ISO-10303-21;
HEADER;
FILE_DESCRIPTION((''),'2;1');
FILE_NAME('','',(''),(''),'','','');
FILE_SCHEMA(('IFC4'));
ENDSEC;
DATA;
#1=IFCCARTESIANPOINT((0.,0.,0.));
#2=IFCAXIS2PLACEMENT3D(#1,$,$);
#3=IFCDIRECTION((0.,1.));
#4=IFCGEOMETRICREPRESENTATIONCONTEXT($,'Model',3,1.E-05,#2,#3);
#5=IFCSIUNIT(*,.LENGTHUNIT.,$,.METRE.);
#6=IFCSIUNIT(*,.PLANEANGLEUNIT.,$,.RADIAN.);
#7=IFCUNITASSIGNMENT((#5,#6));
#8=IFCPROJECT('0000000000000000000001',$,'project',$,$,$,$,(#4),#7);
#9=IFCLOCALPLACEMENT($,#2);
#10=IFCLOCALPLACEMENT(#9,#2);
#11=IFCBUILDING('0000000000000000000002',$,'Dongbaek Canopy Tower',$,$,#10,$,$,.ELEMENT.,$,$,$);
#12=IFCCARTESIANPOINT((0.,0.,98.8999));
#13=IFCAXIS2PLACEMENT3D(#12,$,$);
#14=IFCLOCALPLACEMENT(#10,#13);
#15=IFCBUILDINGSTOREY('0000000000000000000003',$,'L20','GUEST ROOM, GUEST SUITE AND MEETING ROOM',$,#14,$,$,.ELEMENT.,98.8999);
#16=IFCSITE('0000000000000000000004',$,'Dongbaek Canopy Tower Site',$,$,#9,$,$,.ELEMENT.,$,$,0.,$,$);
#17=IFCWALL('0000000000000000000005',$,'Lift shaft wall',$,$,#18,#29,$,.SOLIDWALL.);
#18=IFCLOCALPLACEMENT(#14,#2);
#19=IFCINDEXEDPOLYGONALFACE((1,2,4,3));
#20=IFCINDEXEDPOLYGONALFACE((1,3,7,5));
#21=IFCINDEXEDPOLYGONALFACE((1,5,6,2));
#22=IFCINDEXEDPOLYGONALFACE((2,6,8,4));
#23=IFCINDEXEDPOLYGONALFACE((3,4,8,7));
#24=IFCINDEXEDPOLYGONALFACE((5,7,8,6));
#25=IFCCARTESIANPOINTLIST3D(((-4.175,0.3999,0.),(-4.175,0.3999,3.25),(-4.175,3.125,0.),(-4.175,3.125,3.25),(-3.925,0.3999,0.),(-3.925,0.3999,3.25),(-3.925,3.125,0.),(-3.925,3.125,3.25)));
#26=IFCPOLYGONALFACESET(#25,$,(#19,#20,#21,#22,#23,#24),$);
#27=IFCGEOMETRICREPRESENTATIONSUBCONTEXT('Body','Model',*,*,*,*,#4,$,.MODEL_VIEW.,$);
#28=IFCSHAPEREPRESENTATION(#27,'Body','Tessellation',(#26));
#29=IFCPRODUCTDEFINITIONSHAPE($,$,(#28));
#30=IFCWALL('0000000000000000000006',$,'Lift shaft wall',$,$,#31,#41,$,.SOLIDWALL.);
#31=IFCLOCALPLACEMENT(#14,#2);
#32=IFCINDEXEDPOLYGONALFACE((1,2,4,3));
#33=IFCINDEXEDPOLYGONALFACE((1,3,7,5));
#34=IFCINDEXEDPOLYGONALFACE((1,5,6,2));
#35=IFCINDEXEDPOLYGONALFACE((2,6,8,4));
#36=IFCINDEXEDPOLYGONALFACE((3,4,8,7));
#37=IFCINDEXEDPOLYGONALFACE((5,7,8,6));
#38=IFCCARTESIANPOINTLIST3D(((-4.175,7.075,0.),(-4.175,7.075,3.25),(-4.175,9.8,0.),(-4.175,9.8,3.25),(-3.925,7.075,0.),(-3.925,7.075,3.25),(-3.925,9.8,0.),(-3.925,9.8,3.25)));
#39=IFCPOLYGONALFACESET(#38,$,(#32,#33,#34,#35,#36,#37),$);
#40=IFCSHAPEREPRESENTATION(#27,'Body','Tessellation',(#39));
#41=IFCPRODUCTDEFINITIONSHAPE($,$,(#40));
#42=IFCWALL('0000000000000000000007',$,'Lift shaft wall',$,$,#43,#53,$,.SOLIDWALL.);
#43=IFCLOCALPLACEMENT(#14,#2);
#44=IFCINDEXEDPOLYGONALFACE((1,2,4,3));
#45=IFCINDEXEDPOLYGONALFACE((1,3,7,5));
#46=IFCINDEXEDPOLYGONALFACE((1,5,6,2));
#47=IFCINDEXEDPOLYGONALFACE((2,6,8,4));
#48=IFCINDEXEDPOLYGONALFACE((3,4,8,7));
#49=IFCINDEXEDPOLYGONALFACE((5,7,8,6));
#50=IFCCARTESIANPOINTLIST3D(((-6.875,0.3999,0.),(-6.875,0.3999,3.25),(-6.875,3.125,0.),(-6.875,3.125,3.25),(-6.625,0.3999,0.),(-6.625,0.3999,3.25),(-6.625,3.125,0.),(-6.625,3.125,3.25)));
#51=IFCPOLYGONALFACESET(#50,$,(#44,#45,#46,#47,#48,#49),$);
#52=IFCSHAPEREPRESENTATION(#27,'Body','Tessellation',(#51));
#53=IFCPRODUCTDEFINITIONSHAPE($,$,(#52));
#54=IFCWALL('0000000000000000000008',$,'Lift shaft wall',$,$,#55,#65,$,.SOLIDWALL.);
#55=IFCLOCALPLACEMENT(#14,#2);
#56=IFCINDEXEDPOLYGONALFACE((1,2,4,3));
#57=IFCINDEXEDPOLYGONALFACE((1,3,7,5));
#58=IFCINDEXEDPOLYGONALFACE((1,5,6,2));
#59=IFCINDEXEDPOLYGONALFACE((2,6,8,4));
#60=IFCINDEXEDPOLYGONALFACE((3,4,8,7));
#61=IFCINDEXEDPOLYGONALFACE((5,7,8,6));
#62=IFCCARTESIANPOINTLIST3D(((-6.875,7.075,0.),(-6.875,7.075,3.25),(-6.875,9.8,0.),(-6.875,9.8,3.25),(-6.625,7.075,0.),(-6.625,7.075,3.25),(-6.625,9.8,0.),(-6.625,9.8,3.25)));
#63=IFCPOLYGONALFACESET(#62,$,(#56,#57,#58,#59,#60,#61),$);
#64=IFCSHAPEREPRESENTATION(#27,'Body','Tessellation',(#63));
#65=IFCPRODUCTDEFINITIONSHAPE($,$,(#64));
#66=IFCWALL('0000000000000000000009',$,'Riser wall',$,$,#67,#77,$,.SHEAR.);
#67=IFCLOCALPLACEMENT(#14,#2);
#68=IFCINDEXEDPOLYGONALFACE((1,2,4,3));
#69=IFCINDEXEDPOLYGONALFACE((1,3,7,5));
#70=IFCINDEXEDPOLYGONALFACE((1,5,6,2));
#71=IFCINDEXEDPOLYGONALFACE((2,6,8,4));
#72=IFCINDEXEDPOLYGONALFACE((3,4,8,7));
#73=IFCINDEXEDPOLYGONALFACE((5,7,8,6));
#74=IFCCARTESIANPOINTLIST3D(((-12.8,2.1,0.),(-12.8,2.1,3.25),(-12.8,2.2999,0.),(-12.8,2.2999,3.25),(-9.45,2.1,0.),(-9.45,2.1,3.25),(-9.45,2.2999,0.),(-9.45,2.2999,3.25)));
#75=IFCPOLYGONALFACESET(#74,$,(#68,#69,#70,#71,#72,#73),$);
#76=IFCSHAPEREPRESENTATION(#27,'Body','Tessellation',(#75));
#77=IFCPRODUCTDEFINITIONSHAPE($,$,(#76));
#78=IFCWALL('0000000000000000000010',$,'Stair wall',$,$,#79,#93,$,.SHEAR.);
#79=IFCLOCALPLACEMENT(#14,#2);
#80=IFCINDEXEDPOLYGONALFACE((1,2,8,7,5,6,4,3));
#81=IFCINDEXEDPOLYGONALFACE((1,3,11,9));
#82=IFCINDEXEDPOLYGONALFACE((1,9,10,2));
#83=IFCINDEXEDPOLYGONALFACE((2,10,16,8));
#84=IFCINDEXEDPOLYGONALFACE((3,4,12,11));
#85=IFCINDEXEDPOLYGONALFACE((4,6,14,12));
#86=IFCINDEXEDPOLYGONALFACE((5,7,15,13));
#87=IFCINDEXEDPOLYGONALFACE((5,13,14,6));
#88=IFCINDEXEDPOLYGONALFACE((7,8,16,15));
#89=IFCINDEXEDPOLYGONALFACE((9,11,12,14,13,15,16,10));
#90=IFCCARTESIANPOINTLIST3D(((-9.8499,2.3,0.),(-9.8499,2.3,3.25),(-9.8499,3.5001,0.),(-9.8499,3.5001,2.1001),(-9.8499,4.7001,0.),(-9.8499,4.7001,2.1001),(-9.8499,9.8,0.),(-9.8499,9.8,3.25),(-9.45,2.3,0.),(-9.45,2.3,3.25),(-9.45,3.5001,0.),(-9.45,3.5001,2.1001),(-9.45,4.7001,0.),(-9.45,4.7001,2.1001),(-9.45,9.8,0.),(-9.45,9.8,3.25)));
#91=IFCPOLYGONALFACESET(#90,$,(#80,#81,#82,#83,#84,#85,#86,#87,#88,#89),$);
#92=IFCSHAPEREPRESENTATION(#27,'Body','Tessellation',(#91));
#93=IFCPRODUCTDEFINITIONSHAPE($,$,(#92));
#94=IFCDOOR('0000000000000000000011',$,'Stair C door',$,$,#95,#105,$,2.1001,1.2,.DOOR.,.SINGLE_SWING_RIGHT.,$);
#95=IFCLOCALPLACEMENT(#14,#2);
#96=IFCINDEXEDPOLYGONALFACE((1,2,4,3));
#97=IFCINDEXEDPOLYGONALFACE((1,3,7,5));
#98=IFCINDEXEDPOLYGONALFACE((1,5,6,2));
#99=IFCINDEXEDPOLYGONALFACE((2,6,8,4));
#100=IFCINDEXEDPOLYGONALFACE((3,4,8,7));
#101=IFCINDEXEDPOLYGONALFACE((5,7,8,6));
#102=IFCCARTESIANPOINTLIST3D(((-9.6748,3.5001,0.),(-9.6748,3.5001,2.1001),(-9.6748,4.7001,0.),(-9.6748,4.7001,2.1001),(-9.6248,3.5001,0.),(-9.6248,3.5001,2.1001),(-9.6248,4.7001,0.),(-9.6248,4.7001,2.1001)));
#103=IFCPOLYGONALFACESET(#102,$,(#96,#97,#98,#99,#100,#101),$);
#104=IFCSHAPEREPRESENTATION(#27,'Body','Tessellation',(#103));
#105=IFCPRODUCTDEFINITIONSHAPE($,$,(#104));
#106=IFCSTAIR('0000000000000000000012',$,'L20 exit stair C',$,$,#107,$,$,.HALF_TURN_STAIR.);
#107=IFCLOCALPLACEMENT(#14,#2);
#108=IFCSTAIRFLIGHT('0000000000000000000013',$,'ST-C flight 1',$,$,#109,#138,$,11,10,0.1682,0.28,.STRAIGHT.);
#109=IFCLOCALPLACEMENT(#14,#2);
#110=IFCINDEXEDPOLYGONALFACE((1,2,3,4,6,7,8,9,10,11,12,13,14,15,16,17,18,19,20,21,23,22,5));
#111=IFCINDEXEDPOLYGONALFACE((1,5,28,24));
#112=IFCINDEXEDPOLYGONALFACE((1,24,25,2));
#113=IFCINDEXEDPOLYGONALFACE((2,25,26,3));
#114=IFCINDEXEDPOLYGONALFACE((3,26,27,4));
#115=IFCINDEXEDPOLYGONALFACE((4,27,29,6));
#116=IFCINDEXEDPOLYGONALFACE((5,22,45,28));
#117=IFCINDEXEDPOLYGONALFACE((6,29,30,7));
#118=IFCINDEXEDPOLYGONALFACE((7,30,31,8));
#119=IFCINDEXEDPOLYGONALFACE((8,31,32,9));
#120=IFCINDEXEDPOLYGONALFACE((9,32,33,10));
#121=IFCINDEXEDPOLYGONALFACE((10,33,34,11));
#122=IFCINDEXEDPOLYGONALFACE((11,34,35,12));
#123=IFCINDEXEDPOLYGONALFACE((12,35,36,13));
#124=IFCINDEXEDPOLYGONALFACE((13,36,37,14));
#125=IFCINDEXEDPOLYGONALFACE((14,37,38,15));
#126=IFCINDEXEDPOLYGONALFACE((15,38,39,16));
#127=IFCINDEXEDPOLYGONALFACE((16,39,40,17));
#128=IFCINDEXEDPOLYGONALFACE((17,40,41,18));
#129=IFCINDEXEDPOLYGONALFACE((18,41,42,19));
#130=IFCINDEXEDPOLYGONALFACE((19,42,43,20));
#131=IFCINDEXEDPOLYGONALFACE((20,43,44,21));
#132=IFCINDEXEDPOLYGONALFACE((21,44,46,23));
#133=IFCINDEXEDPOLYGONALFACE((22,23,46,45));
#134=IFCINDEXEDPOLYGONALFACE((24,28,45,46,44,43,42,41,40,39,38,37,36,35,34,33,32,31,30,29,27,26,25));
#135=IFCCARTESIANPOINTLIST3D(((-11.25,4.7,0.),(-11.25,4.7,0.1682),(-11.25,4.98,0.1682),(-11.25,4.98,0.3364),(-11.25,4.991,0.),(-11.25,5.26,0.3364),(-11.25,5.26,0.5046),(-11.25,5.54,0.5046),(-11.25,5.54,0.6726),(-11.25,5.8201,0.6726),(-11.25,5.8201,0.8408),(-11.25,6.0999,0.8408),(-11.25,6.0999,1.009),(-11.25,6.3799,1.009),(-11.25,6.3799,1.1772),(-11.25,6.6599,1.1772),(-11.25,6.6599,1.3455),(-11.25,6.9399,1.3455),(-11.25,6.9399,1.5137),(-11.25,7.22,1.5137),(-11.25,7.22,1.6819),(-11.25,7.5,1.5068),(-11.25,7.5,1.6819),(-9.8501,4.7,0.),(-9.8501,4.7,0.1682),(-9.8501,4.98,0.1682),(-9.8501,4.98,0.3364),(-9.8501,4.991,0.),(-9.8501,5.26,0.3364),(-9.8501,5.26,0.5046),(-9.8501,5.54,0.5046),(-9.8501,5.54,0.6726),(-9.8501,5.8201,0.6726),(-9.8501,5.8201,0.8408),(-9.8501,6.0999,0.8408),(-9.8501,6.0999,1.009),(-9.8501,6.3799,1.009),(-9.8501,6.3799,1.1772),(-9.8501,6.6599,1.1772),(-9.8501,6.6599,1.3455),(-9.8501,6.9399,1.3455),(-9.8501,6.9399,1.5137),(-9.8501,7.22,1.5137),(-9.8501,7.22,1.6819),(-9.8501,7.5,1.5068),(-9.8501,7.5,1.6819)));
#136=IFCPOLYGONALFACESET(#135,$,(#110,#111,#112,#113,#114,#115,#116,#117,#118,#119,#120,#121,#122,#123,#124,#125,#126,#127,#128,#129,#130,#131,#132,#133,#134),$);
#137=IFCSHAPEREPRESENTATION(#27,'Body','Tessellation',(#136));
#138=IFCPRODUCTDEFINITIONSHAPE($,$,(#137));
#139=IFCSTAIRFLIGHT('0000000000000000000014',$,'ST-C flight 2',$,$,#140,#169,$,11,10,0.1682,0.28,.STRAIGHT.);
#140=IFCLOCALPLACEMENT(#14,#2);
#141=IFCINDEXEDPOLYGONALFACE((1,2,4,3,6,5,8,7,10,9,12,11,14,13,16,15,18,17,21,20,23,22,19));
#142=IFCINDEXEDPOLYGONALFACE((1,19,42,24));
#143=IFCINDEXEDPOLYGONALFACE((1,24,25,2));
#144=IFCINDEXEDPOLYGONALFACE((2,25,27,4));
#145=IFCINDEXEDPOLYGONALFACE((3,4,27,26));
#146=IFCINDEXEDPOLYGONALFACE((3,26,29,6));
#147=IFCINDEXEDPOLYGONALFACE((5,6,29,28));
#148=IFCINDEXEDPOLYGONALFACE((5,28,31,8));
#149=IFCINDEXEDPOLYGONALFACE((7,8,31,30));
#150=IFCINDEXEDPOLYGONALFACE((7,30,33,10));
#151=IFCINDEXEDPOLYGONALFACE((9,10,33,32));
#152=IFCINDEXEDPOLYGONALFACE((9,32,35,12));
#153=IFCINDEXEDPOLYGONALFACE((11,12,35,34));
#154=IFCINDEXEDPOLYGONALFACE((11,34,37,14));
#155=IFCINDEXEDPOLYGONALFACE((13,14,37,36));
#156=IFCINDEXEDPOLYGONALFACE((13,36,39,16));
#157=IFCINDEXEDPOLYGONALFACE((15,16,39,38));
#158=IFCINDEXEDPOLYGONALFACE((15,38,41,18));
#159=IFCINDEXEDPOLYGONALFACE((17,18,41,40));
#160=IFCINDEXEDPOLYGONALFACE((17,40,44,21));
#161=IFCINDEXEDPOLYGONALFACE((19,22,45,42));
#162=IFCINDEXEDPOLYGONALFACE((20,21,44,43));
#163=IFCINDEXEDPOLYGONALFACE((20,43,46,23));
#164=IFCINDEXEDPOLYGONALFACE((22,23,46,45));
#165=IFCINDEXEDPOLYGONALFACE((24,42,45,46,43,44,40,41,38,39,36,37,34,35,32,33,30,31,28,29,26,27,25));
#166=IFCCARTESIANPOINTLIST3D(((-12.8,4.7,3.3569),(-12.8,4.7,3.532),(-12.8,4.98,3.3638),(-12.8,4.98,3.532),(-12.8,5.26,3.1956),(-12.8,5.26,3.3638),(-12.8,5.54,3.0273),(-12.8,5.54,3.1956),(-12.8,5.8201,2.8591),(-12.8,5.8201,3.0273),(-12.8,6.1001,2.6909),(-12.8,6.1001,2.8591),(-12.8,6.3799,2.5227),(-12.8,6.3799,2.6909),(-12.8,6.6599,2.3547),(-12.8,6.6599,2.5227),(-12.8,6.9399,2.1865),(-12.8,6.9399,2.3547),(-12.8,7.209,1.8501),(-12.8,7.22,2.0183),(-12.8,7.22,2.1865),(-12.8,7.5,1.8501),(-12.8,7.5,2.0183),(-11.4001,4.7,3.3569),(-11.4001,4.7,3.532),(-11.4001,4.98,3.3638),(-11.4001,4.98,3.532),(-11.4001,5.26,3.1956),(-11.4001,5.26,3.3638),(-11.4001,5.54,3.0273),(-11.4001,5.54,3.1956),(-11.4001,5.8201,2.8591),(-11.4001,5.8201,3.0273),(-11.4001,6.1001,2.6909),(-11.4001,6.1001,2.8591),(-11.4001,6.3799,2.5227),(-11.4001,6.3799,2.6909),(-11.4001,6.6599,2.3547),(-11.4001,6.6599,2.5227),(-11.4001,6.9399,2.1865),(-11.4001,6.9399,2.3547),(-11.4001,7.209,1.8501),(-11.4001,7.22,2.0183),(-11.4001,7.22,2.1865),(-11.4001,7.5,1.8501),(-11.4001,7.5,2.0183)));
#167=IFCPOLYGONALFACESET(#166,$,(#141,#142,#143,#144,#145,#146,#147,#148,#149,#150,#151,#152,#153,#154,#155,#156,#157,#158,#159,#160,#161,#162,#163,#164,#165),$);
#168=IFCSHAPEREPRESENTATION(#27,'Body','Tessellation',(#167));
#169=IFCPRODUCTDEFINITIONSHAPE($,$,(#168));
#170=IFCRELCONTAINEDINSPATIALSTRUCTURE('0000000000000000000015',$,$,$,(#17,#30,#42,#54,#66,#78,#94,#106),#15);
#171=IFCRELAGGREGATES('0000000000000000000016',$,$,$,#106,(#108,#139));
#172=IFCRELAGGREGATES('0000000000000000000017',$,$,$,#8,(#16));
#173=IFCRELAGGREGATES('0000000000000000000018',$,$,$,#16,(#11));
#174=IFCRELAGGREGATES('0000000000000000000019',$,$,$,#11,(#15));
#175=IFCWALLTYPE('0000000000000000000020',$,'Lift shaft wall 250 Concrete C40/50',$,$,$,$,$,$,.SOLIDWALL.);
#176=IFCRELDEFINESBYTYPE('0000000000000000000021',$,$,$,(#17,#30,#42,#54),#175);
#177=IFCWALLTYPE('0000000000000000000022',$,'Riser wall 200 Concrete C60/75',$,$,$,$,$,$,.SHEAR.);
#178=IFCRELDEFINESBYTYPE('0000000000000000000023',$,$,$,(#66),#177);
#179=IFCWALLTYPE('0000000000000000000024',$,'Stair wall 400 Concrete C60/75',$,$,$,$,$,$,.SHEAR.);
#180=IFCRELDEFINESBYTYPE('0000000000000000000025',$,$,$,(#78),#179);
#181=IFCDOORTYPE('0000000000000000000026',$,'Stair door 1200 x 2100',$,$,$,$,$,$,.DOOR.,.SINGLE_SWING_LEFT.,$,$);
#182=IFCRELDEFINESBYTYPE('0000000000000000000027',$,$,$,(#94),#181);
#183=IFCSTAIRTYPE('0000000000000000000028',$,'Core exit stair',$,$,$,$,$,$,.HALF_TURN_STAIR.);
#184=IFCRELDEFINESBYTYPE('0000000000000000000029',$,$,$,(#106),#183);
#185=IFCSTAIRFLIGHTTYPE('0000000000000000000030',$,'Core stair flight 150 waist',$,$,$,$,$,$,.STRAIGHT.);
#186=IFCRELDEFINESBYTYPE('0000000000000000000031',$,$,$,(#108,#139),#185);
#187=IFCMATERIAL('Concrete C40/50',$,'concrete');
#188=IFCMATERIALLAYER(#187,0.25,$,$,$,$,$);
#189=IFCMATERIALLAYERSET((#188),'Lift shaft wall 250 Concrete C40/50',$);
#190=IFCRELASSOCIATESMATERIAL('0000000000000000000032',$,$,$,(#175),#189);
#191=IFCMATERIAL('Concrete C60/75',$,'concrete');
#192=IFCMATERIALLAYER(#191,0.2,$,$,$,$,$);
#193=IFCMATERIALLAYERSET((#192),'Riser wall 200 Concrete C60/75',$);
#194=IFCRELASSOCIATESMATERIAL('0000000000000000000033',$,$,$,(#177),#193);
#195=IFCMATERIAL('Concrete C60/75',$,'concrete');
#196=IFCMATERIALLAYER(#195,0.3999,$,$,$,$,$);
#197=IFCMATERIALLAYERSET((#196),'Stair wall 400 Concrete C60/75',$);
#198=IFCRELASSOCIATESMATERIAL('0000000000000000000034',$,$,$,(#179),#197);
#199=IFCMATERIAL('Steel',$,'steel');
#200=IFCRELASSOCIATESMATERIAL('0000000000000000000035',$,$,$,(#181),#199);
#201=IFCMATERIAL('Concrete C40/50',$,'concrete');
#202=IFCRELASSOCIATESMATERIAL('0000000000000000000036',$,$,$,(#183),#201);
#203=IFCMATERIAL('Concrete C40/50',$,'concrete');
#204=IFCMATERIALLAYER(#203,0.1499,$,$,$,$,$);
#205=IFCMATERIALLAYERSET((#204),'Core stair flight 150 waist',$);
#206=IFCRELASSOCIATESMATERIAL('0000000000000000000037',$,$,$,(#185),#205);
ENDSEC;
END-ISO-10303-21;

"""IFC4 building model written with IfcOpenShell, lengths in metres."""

from ifc_helpers import new_model, si_unit, direction, frame, frame_2d, origin, place, context, subcontext, project, spatial, polyline, rectangle, outline, extrude, material, layer, layer_set, type_object, element, fill, aggregate, save


model = new_model("IFC4")

# Units and contexts
model_context = context("Model", 3, precision=1e-05, world=origin(), true_north=direction((0.0, 1.0)))
body_context = subcontext(model_context, "Body", "Model", "MODEL_VIEW")
ifc_project = project(units=[si_unit("LENGTHUNIT", "METRE"), si_unit("PLANEANGLEUNIT", "RADIAN")], contexts=[model_context])

# Site, building, storey
site_placement = place(None, origin())
site = spatial("IfcSite", under=ifc_project, at=site_placement, Name="Dongbaek Canopy Tower Site", CompositionType="ELEMENT", RefElevation=0.0)
building_placement = place(site_placement, origin())
building = spatial("IfcBuilding", under=site, at=building_placement, Name="Dongbaek Canopy Tower", CompositionType="ELEMENT")
storey_placement = place(building_placement, frame((0.0, 0.0, 98.8999)))
storey = spatial("IfcBuildingStorey", under=building, at=storey_placement, Name="L20", Description="GUEST ROOM, GUEST SUITE AND MEETING ROOM", CompositionType="ELEMENT", Elevation=98.8999)

# Walls
ifc_material_1 = material(Name="Concrete C40/50", Category="concrete")
ifc_layer_1 = layer(ifc_material_1, 0.25)
ifc_layer_set_1 = layer_set([ifc_layer_1], Name="Lift shaft wall 250 Concrete C40/50")
wall_type_1 = type_object("IfcWallType", Name="Lift shaft wall 250 Concrete C40/50", PredefinedType="SOLIDWALL", material=ifc_layer_set_1)
for number, where, z_axis, x_axis, name in (
    (1, (-4.05, 0.3999, 0.0), (0.0, 0.0, 1.0), (0.0, 1.0, 0.0), "Lift shaft wall"),
    (2, (-4.05, 7.075, 0.0), (0.0, 0.0, 1.0), (0.0, 1.0, 0.0), "Lift shaft wall"),
    (3, (-6.75, 0.3999, 0.0), (0.0, 0.0, 1.0), (0.0, 1.0, 0.0), "Lift shaft wall"),
    (4, (-6.75, 7.075, 0.0), (0.0, 0.0, 1.0), (0.0, 1.0, 0.0), "Lift shaft wall"),
):
    element("IfcWall", number, at=place(storey_placement, frame(where, z_axis=z_axis, x_axis=x_axis)), inside=storey, type_object=wall_type_1, Name=name, PredefinedType="SOLIDWALL", context=body_context, shape_type="SweptSolid", body=[
        extrude(rectangle(XDim=2.7251, YDim=0.25, at=frame_2d((1.3625, 0.0))), origin(), (0.0, 0.0, 1.0), 3.25),
    ])
ifc_material_2 = material(Name="Concrete C60/75", Category="concrete")
ifc_layer_2 = layer(ifc_material_2, 0.2)
ifc_layer_set_2 = layer_set([ifc_layer_2], Name="Riser wall 200 Concrete C60/75")
wall_type_2 = type_object("IfcWallType", Name="Riser wall 200 Concrete C60/75", PredefinedType="SHEAR", material=ifc_layer_set_2)
wall_1_placement = place(storey_placement, frame((-9.45, 2.2, 0.0), z_axis=(0.0, 0.0, 1.0), x_axis=(-1.0, 0.0, 0.0)))
element("IfcWall", 5, at=wall_1_placement, inside=storey, type_object=wall_type_2, Name="Riser wall", PredefinedType="SHEAR", context=body_context, shape_type="SweptSolid", body=[
    extrude(rectangle(XDim=3.3501, YDim=0.2, at=frame_2d((1.675, 0.0))), origin(), (0.0, 0.0, 1.0), 3.25),
])

# Wall, opening, door
ifc_material_3 = material(Name="Concrete C60/75", Category="concrete")
ifc_layer_3 = layer(ifc_material_3, 0.3999)
ifc_layer_set_3 = layer_set([ifc_layer_3], Name="Stair wall 400 Concrete C60/75")
wall_type_3 = type_object("IfcWallType", Name="Stair wall 400 Concrete C60/75", PredefinedType="SHEAR", material=ifc_layer_set_3)
wall_2_placement = place(storey_placement, frame((-9.6499, 2.3, 0.0), z_axis=(0.0, 0.0, 1.0), x_axis=(0.0, 1.0, 0.0)))
wall_2 = element("IfcWall", 6, at=wall_2_placement, inside=storey, type_object=wall_type_3, Name="Stair wall", PredefinedType="SHEAR", context=body_context, shape_type="SweptSolid", body=[
    extrude(rectangle(XDim=7.5, YDim=0.3999, at=frame_2d((3.75, 0.0))), origin(), (0.0, 0.0, 1.0), 3.25),
])
opening_1_placement = place(wall_2_placement, frame((1.2, 0.0, 0.0)))
opening_1 = element("IfcOpeningElement", 7, at=opening_1_placement, cuts=wall_2, PredefinedType="OPENING", context=body_context, shape_type="SweptSolid", body=[
    extrude(rectangle(XDim=1.2, YDim=2.1001, at=frame_2d((0.6001, 1.05))), frame((0.0, 0.21, 0.0), z_axis=(0.0, -1.0, 0.0), x_axis=(1.0, 0.0, 0.0)), (0.0, 0.0, 1.0), 0.4199),
])
ifc_material_4 = material(Name="Steel", Category="steel")
door_type_1 = type_object("IfcDoorType", Name="Stair door 1200 x 2100", OperationType="SINGLE_SWING_LEFT", PredefinedType="DOOR", material=ifc_material_4)
door_1_placement = place(opening_1_placement, origin())
door_1 = element("IfcDoor", 8, at=door_1_placement, inside=storey, type_object=door_type_1, Name="Stair C door", OperationType="SINGLE_SWING_RIGHT", OverallHeight=2.1001, OverallWidth=1.2, PredefinedType="DOOR", context=body_context, shape_type="SweptSolid", body=[
    extrude(rectangle(XDim=1.2, YDim=2.1001, at=frame_2d((0.6001, 1.05))), frame((0.0, 0.0249, 0.0), z_axis=(0.0, -1.0, 0.0), x_axis=(1.0, 0.0, 0.0)), (0.0, 0.0, 1.0), 0.05),
])
fill(opening_1, door_1)

# Stair, stair flights
ifc_material_5 = material(Name="Concrete C40/50", Category="concrete")
stair_type = type_object("IfcStairType", Name="Core exit stair", PredefinedType="HALF_TURN_STAIR", material=ifc_material_5)
stair_placement = place(storey_placement, origin())
stair = element("IfcStair", 9, at=stair_placement, inside=storey, type_object=stair_type, Name="L20 exit stair C", PredefinedType="HALF_TURN_STAIR")
ifc_material_6 = material(Name="Concrete C40/50", Category="concrete")
ifc_layer_4 = layer(ifc_material_6, 0.1499)
ifc_layer_set_4 = layer_set([ifc_layer_4], Name="Core stair flight 150 waist")
stair_flight_type = type_object("IfcStairFlightType", Name="Core stair flight 150 waist", PredefinedType="STRAIGHT", material=ifc_layer_set_4)
stair_flight_1_placement = place(storey_placement, frame((-10.55, 4.7, 0.0), z_axis=(0.0, 0.0, 1.0), x_axis=(0.0, 1.0, 0.0)))
stair_flight_1 = element("IfcStairFlight", 10, at=stair_flight_1_placement, type_object=stair_flight_type, Name="ST-C flight 1", NumberOfRisers=11, NumberOfTreads=10, PredefinedType="STRAIGHT", RiserHeight=0.1682, TreadLength=0.28, context=body_context, shape_type="SweptSolid", body=[
    extrude(outline(polyline([(0.0, 0.0), (0.0, 0.1682), (0.28, 0.1682), (0.28, 0.3364), (0.5601, 0.3364), (0.5601, 0.5046), (0.8401, 0.5046), (0.8401, 0.6726), (1.1201, 0.6726), (1.1201, 0.8408), (1.3999, 0.8408), (1.3999, 1.009), (1.6799, 1.009), (1.6799, 1.1772), (1.96, 1.1772), (1.96, 1.3455), (2.24, 1.3455), (2.24, 1.5137), (2.52, 1.5137), (2.52, 1.6819), (2.8, 1.6819), (2.8, 1.8501), (2.8, 1.5068), (0.291, 0.0), (0.0, 0.0)])), frame((0.0, 0.7, 0.0), z_axis=(0.0, -1.0, 0.0), x_axis=(1.0, 0.0, 0.0)), (0.0, 0.0, 1.0), 1.3999),
])
stair_flight_2_placement = place(storey_placement, frame((-12.1001, 7.5, 1.8501), z_axis=(0.0, 0.0, 1.0), x_axis=(0.0, -1.0, 0.0)))
stair_flight_2 = element("IfcStairFlight", 11, at=stair_flight_2_placement, type_object=stair_flight_type, Name="ST-C flight 2", NumberOfRisers=11, NumberOfTreads=10, PredefinedType="STRAIGHT", RiserHeight=0.1682, TreadLength=0.28, context=body_context, shape_type="SweptSolid", body=[
    extrude(outline(polyline([(0.0, 0.0), (0.0, 0.1682), (0.28, 0.1682), (0.28, 0.3364), (0.5601, 0.3364), (0.5601, 0.5046), (0.8401, 0.5046), (0.8401, 0.6726), (1.1201, 0.6726), (1.1201, 0.8408), (1.3999, 0.8408), (1.3999, 1.009), (1.6799, 1.009), (1.6799, 1.1772), (1.96, 1.1772), (1.96, 1.3455), (2.24, 1.3455), (2.24, 1.5137), (2.52, 1.5137), (2.52, 1.6819), (2.8, 1.6819), (2.8, 1.8501), (2.8, 1.5068), (0.291, 0.0), (0.0, 0.0)])), frame((0.0, 0.7, 0.0), z_axis=(0.0, -1.0, 0.0), x_axis=(1.0, 0.0, 0.0)), (0.0, 0.0, 1.0), 1.3999),
])
aggregate(stair, [stair_flight_1, stair_flight_2])

save(model, "model.ifc")
